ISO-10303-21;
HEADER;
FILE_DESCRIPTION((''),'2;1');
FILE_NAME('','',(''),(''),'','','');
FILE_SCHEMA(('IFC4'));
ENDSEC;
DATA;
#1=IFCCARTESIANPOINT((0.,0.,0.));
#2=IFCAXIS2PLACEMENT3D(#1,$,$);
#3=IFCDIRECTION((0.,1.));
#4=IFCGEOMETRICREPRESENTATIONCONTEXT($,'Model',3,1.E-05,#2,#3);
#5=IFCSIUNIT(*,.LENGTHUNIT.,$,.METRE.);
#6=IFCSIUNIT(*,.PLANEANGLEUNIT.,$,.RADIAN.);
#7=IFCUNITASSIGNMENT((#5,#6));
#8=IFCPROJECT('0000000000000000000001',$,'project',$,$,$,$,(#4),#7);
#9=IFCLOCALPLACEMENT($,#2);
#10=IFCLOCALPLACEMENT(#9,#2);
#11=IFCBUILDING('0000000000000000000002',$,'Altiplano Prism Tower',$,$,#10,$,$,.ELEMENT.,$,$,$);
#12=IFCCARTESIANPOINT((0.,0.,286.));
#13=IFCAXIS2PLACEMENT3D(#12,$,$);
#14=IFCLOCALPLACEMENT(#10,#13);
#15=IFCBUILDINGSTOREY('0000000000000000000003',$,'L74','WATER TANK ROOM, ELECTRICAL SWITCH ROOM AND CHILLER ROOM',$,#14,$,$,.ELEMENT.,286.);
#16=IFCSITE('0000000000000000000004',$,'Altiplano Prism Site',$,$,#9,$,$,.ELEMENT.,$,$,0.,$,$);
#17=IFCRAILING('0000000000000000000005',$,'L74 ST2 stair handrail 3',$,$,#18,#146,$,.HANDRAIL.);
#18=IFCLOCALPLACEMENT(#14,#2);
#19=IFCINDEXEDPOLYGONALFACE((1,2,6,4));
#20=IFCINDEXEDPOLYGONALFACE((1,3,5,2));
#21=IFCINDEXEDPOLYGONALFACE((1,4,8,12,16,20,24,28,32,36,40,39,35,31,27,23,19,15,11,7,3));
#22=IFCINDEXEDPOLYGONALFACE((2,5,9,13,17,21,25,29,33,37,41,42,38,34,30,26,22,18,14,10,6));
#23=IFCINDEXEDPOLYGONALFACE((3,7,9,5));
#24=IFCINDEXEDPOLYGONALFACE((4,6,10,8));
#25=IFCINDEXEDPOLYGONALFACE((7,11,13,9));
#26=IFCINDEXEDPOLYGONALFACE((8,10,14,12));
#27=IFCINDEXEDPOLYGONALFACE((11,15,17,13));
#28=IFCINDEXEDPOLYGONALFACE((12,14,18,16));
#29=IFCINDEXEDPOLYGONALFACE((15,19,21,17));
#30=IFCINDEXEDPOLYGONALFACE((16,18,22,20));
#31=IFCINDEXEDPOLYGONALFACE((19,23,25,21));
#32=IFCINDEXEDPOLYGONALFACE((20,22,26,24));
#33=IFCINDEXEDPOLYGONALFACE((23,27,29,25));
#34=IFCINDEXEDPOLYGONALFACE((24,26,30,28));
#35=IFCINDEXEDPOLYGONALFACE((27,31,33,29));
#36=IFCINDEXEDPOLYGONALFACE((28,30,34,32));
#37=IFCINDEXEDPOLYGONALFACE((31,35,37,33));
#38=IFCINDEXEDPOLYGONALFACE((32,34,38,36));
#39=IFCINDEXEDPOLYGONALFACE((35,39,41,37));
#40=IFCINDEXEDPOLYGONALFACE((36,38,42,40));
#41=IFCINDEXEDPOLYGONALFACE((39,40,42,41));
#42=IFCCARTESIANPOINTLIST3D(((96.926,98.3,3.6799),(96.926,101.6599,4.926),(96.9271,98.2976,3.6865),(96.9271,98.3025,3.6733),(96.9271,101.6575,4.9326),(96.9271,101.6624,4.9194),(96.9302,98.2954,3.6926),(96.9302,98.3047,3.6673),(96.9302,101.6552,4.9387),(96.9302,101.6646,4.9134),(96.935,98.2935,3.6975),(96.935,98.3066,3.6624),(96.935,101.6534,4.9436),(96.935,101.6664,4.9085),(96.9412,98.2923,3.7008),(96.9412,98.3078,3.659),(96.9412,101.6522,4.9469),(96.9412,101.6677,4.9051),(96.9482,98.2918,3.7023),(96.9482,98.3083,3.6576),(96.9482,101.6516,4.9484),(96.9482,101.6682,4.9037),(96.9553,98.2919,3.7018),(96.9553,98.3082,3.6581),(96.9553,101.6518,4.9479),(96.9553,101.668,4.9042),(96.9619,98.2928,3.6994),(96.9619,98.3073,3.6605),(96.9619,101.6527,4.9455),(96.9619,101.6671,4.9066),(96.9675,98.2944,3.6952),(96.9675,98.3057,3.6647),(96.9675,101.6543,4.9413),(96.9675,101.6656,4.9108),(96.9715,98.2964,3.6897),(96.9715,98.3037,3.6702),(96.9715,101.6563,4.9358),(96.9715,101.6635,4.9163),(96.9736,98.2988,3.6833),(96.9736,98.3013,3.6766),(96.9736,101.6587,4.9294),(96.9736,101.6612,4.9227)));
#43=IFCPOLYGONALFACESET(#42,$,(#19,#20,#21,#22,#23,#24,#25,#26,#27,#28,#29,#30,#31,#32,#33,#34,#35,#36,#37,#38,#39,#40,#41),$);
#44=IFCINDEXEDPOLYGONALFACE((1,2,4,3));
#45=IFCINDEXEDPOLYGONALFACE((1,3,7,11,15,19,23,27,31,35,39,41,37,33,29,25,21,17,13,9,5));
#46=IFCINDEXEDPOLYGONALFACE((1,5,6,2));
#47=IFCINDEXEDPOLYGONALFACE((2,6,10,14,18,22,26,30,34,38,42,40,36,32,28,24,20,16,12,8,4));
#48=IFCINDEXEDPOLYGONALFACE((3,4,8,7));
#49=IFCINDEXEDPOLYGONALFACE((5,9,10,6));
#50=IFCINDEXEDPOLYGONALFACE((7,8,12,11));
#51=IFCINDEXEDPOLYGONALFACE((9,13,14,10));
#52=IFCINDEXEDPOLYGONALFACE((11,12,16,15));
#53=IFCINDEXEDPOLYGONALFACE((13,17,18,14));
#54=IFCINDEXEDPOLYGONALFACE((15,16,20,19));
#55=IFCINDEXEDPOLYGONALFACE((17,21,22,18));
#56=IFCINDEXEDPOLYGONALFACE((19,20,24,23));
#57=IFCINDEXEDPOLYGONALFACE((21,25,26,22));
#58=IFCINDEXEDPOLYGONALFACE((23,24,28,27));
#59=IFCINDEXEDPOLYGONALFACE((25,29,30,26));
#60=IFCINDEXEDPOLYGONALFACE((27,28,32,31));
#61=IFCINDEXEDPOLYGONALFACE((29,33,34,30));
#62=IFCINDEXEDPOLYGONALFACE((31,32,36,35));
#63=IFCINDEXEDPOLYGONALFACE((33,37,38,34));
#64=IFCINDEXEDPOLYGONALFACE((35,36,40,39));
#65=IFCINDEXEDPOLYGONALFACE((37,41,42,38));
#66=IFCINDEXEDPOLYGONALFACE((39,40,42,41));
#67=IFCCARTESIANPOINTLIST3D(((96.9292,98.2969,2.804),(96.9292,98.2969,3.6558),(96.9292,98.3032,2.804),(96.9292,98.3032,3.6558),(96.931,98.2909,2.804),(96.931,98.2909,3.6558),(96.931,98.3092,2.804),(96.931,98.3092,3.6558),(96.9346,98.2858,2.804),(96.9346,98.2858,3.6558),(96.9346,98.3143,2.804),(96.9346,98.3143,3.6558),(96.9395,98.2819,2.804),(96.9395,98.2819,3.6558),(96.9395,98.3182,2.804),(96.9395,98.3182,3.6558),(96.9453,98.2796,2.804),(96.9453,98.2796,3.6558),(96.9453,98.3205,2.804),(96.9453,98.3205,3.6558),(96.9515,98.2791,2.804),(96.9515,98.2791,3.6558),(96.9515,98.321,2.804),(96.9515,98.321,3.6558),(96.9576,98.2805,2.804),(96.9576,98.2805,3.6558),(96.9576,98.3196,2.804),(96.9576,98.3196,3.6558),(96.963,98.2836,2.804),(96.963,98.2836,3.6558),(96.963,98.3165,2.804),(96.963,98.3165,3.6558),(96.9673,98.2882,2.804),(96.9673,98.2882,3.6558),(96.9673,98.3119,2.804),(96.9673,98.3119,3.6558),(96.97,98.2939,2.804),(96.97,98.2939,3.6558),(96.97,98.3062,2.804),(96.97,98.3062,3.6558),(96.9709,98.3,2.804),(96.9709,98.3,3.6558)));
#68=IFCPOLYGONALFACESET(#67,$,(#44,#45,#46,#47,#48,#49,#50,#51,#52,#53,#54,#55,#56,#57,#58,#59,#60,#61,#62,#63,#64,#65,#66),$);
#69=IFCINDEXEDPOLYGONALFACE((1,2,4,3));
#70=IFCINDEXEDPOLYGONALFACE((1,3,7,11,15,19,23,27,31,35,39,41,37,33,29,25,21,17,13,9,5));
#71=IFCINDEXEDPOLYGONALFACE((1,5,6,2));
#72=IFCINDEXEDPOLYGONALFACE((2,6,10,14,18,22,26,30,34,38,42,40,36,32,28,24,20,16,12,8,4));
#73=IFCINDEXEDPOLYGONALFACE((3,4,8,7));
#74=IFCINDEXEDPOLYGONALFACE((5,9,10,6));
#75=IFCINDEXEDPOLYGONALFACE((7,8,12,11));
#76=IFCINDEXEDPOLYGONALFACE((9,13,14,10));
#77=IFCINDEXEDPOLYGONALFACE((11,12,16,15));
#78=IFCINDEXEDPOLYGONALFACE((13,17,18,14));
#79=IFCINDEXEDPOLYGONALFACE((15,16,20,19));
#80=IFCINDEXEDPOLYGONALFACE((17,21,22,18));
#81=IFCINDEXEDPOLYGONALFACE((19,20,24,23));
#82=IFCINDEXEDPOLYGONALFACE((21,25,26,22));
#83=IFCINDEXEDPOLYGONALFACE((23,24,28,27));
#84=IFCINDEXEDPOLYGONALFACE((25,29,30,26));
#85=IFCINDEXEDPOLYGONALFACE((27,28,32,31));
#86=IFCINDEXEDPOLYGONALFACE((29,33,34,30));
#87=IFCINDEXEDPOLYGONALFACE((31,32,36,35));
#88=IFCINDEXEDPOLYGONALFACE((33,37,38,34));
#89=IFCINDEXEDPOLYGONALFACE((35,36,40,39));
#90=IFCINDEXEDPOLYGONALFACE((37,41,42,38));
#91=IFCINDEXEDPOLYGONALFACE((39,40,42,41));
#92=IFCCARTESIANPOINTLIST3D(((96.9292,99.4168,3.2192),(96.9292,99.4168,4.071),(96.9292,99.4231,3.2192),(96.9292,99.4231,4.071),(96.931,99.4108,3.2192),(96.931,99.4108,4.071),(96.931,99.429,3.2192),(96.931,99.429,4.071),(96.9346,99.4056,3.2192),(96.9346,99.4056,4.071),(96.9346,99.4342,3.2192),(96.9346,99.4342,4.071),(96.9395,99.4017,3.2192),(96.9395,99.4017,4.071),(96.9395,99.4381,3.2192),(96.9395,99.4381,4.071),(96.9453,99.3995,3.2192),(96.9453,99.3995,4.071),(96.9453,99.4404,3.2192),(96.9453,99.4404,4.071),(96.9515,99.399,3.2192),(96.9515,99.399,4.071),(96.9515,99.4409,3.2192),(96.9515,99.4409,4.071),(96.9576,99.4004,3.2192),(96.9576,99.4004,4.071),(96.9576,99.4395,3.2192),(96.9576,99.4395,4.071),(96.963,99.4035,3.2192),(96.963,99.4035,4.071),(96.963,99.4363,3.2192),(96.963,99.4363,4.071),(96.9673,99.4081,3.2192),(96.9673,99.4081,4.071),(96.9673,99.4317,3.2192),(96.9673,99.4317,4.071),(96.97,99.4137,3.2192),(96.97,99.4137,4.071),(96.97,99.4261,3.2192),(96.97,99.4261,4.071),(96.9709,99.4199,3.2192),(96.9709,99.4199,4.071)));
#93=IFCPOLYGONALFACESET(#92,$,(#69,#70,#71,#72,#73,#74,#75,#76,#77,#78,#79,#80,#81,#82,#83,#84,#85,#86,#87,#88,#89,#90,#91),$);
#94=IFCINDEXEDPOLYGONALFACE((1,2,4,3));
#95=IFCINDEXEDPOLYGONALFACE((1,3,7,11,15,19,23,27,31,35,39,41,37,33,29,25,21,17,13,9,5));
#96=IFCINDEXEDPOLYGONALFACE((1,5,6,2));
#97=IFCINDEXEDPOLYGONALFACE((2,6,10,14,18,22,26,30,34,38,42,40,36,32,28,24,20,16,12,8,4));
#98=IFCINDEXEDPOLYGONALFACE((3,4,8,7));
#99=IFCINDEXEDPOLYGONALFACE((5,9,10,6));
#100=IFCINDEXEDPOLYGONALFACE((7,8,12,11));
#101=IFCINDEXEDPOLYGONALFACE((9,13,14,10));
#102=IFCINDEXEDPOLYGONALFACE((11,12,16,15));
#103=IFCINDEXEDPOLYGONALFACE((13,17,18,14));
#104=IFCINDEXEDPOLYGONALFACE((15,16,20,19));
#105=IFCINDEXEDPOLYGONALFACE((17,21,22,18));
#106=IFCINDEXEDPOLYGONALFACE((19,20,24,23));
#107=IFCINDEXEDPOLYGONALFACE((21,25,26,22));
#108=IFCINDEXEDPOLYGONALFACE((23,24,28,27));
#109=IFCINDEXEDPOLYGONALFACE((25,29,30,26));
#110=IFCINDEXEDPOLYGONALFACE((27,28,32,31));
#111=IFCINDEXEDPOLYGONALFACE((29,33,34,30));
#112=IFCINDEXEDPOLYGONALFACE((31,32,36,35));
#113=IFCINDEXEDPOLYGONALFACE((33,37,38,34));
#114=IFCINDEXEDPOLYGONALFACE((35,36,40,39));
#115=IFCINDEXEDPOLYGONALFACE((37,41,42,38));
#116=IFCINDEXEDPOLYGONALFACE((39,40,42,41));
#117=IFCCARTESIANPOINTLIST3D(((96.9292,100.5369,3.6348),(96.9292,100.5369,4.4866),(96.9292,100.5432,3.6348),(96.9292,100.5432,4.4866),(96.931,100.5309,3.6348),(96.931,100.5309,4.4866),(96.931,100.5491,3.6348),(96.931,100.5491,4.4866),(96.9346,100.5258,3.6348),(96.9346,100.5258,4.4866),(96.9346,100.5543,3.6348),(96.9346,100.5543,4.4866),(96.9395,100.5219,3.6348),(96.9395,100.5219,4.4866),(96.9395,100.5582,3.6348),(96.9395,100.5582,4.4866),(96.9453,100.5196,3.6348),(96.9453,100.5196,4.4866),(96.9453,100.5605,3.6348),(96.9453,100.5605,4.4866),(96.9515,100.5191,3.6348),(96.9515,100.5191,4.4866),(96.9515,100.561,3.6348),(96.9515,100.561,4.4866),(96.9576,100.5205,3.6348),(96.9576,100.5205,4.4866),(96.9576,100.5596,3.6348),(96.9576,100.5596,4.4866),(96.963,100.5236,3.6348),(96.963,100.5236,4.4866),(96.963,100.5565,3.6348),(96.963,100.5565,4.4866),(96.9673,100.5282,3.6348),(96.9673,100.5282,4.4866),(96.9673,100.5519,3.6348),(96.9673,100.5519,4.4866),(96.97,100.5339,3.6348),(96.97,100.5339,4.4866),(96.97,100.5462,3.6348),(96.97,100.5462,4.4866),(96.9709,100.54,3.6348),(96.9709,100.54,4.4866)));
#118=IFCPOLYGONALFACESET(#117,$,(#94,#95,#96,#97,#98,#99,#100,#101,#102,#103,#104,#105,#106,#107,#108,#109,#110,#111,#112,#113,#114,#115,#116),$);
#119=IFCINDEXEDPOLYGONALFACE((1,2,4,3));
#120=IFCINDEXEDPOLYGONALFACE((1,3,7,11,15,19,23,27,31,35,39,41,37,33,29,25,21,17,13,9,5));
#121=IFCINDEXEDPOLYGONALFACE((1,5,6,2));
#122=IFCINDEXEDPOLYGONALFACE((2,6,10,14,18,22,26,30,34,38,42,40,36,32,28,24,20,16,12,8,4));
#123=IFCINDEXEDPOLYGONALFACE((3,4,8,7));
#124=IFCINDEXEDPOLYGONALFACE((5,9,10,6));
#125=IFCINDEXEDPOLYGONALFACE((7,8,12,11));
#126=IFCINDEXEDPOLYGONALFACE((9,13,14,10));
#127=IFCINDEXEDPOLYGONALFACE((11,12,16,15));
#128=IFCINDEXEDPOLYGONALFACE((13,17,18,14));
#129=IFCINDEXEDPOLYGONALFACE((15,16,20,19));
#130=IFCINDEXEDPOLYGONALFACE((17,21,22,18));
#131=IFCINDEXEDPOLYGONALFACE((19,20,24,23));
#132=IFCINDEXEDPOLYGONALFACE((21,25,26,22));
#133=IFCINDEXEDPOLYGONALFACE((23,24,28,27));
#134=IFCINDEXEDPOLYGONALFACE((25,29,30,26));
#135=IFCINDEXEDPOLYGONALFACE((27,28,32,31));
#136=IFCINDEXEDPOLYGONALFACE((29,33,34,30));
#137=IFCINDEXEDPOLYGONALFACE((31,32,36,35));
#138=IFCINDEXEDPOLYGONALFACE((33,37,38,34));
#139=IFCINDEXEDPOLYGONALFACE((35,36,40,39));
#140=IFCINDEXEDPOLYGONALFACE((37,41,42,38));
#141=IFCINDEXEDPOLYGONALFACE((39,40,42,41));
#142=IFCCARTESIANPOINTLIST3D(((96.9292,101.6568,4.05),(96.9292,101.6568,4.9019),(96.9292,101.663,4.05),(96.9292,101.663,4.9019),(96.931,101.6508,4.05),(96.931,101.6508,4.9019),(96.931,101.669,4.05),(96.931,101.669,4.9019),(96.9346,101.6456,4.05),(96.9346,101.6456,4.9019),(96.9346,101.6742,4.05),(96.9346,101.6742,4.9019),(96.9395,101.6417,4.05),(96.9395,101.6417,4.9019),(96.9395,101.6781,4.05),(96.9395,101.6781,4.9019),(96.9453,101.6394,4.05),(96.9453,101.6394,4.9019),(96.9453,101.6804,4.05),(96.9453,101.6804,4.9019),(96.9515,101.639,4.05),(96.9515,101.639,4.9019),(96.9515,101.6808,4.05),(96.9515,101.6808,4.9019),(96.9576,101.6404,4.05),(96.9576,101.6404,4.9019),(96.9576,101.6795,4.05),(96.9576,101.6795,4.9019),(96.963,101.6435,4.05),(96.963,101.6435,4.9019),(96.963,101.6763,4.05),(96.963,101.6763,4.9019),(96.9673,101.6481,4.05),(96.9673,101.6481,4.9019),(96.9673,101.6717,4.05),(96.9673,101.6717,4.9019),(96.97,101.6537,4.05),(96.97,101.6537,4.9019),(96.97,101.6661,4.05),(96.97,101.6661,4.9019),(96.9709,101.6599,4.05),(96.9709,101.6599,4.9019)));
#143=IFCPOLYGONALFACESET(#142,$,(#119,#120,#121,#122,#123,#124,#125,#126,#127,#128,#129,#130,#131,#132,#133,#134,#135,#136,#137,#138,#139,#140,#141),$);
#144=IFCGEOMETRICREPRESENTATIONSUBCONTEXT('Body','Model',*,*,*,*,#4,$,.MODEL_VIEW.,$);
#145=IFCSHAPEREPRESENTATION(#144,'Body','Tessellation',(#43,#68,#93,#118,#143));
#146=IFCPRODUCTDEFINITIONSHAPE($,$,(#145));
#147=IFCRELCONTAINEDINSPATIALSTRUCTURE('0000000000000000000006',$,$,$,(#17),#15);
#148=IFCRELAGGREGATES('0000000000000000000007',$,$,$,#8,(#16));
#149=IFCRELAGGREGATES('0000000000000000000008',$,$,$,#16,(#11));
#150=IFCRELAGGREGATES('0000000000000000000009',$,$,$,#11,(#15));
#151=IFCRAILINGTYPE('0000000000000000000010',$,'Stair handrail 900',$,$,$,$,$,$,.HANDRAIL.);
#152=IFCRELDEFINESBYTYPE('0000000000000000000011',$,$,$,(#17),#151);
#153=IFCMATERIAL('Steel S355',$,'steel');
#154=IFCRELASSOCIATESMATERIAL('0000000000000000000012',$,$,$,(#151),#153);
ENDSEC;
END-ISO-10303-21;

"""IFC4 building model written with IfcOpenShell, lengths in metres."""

from ifc_helpers import new_model, si_unit, direction, frame, origin, origin_2d, place, context, subcontext, project, spatial, circle, extrude, material, type_object, element, save


model = new_model("IFC4")

# Units and contexts
model_context = context("Model", 3, precision=1e-05, world=origin(), true_north=direction((0.0, 1.0)))
body_context = subcontext(model_context, "Body", "Model", "MODEL_VIEW")
ifc_project = project(units=[si_unit("LENGTHUNIT", "METRE"), si_unit("PLANEANGLEUNIT", "RADIAN")], contexts=[model_context])

# Site, building, storey
site_placement = place(None, origin())
site = spatial("IfcSite", under=ifc_project, at=site_placement, Name="Altiplano Prism Site", CompositionType="ELEMENT", RefElevation=0.0)
building_placement = place(site_placement, origin())
building = spatial("IfcBuilding", under=site, at=building_placement, Name="Altiplano Prism Tower", CompositionType="ELEMENT")
storey_placement = place(building_placement, frame((0.0, 0.0, 286.0)))
storey = spatial("IfcBuildingStorey", under=building, at=storey_placement, Name="L74", Description="WATER TANK ROOM, ELECTRICAL SWITCH ROOM AND CHILLER ROOM", CompositionType="ELEMENT", Elevation=286.0)

# Shared definitions
ifc_material_1 = material(Name="Steel S355", Category="steel")

# Railing
railing_type = type_object("IfcRailingType", Name="Stair handrail 900", PredefinedType="HANDRAIL", material=ifc_material_1)
railing_1_placement = place(storey_placement, frame((96.95, 98.3, 2.804)))
element("IfcRailing", 1, at=railing_1_placement, inside=storey, type_object=railing_type, Name="L74 ST2 stair handrail 3", PredefinedType="HANDRAIL", context=body_context, shape_type="SweptSolid", body=[
    extrude(circle(Radius=0.0239, at=origin_2d()), frame((0.0, 0.0, 0.876), z_axis=(0.0, 0.937594, 0.347731), x_axis=(-1.0, 0.0, 0.0)), (0.0, 0.0, 1.0), 3.5835),
    extrude(circle(Radius=0.021, at=origin_2d()), origin(), (0.0, 0.0, 1.0), 0.8518),
    extrude(circle(Radius=0.021, at=origin_2d()), frame((0.0, 1.1199, 0.4153)), (0.0, 0.0, 1.0), 0.8518),
    extrude(circle(Radius=0.021, at=origin_2d()), frame((0.0, 2.24, 0.8308)), (0.0, 0.0, 1.0), 0.8518),
    extrude(circle(Radius=0.021, at=origin_2d()), frame((0.0, 3.3599, 1.2461)), (0.0, 0.0, 1.0), 0.8518),
])

save(model, "model.ifc")
